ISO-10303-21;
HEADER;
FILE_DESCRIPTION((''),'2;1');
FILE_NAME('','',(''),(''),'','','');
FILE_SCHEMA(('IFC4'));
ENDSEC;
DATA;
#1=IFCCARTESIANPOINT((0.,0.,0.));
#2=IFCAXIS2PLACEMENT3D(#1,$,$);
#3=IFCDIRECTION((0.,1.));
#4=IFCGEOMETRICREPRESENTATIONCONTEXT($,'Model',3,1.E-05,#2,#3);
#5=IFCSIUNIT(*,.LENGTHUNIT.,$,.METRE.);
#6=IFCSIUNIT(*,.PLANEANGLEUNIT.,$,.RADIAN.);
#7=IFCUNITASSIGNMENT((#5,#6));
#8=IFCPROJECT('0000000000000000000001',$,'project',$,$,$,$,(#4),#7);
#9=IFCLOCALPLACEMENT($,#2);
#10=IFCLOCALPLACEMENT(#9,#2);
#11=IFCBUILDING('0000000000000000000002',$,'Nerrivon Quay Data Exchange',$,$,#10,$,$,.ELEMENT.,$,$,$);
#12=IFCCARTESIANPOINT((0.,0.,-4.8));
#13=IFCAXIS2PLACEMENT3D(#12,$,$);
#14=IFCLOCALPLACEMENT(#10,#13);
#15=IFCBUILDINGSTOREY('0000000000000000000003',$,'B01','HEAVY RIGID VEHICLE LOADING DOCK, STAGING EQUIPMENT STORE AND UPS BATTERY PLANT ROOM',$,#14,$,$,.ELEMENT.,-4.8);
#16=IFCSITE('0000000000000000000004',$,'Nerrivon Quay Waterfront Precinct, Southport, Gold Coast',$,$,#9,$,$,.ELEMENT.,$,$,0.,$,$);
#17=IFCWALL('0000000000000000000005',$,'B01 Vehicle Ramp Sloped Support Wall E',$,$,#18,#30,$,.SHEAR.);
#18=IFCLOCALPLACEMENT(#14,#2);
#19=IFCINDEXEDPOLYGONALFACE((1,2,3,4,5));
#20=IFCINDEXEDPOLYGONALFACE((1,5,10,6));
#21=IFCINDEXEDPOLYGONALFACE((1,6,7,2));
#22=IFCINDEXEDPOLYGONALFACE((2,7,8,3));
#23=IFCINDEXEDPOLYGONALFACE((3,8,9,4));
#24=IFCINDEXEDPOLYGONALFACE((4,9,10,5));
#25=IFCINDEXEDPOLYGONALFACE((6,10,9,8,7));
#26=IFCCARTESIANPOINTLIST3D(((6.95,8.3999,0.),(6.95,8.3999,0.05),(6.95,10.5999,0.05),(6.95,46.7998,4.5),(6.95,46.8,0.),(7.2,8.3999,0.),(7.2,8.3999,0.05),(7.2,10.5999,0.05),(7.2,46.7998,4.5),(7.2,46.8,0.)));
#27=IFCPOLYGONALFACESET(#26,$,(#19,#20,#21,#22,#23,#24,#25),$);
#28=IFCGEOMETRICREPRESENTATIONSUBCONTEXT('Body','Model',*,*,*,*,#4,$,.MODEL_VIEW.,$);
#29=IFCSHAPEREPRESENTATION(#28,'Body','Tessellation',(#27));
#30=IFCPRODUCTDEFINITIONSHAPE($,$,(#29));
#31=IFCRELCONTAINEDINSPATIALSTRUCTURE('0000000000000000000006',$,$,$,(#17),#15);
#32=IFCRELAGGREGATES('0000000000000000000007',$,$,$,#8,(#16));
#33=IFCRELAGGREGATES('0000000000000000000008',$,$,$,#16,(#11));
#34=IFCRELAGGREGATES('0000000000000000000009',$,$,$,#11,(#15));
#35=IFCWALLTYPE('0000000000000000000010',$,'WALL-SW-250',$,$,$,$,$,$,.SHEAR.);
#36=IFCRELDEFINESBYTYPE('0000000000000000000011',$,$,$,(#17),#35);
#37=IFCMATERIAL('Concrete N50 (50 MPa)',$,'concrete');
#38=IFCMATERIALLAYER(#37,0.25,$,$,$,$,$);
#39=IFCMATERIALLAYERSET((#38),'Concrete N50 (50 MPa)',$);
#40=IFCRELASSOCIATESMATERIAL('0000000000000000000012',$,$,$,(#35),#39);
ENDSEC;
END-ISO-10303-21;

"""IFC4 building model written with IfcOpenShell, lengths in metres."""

from ifc_helpers import new_model, si_unit, direction, frame, origin, place, context, subcontext, project, spatial, polyline, outline, extrude, material, layer, layer_set, type_object, element, save


model = new_model("IFC4")

# Units and contexts
model_context = context("Model", 3, precision=1e-05, world=origin(), true_north=direction((0.0, 1.0)))
body_context = subcontext(model_context, "Body", "Model", "MODEL_VIEW")
ifc_project = project(units=[si_unit("LENGTHUNIT", "METRE"), si_unit("PLANEANGLEUNIT", "RADIAN")], contexts=[model_context])

# Site, building, storey
site_placement = place(None, origin())
site = spatial("IfcSite", under=ifc_project, at=site_placement, Name="Nerrivon Quay Waterfront Precinct, Southport, Gold Coast", CompositionType="ELEMENT", RefElevation=0.0)
building_placement = place(site_placement, origin())
building = spatial("IfcBuilding", under=site, at=building_placement, Name="Nerrivon Quay Data Exchange", CompositionType="ELEMENT")
storey_placement = place(building_placement, frame((0.0, 0.0, -4.8)))
storey = spatial("IfcBuildingStorey", under=building, at=storey_placement, Name="B01", Description="HEAVY RIGID VEHICLE LOADING DOCK, STAGING EQUIPMENT STORE AND UPS BATTERY PLANT ROOM", CompositionType="ELEMENT", Elevation=-4.8)

# Wall
ifc_material_1 = material(Name="Concrete N50 (50 MPa)", Category="concrete")
ifc_layer_1 = layer(ifc_material_1, 0.25)
ifc_layer_set_1 = layer_set([ifc_layer_1], Name="Concrete N50 (50 MPa)")
wall_type_1 = type_object("IfcWallType", Name="WALL-SW-250", PredefinedType="SHEAR", material=ifc_layer_set_1)
for number, where, z_axis, x_axis, name in (
    (1, (7.075, 8.3999, 0.0), (0.0, 0.0, 1.0), (0.0, 1.0, 0.0), "B01 Vehicle Ramp Sloped Support Wall E"),
):
    element("IfcWall", number, at=place(storey_placement, frame(where, z_axis=z_axis, x_axis=x_axis)), inside=storey, type_object=wall_type_1, Name=name, PredefinedType="SHEAR", context=body_context, shape_type="SweptSolid", body=[
        extrude(outline(polyline([(0.0, 0.0), (38.4001, 0.0), (38.3999, 4.5), (2.2, 0.05), (0.0, 0.05), (0.0, 0.0)])), frame((0.0, 0.125, 0.0), z_axis=(0.0, -1.0, 0.0), x_axis=(1.0, 0.0, 0.0)), (0.0, 0.0, 1.0), 0.25),
    ])

save(model, "model.ifc")
